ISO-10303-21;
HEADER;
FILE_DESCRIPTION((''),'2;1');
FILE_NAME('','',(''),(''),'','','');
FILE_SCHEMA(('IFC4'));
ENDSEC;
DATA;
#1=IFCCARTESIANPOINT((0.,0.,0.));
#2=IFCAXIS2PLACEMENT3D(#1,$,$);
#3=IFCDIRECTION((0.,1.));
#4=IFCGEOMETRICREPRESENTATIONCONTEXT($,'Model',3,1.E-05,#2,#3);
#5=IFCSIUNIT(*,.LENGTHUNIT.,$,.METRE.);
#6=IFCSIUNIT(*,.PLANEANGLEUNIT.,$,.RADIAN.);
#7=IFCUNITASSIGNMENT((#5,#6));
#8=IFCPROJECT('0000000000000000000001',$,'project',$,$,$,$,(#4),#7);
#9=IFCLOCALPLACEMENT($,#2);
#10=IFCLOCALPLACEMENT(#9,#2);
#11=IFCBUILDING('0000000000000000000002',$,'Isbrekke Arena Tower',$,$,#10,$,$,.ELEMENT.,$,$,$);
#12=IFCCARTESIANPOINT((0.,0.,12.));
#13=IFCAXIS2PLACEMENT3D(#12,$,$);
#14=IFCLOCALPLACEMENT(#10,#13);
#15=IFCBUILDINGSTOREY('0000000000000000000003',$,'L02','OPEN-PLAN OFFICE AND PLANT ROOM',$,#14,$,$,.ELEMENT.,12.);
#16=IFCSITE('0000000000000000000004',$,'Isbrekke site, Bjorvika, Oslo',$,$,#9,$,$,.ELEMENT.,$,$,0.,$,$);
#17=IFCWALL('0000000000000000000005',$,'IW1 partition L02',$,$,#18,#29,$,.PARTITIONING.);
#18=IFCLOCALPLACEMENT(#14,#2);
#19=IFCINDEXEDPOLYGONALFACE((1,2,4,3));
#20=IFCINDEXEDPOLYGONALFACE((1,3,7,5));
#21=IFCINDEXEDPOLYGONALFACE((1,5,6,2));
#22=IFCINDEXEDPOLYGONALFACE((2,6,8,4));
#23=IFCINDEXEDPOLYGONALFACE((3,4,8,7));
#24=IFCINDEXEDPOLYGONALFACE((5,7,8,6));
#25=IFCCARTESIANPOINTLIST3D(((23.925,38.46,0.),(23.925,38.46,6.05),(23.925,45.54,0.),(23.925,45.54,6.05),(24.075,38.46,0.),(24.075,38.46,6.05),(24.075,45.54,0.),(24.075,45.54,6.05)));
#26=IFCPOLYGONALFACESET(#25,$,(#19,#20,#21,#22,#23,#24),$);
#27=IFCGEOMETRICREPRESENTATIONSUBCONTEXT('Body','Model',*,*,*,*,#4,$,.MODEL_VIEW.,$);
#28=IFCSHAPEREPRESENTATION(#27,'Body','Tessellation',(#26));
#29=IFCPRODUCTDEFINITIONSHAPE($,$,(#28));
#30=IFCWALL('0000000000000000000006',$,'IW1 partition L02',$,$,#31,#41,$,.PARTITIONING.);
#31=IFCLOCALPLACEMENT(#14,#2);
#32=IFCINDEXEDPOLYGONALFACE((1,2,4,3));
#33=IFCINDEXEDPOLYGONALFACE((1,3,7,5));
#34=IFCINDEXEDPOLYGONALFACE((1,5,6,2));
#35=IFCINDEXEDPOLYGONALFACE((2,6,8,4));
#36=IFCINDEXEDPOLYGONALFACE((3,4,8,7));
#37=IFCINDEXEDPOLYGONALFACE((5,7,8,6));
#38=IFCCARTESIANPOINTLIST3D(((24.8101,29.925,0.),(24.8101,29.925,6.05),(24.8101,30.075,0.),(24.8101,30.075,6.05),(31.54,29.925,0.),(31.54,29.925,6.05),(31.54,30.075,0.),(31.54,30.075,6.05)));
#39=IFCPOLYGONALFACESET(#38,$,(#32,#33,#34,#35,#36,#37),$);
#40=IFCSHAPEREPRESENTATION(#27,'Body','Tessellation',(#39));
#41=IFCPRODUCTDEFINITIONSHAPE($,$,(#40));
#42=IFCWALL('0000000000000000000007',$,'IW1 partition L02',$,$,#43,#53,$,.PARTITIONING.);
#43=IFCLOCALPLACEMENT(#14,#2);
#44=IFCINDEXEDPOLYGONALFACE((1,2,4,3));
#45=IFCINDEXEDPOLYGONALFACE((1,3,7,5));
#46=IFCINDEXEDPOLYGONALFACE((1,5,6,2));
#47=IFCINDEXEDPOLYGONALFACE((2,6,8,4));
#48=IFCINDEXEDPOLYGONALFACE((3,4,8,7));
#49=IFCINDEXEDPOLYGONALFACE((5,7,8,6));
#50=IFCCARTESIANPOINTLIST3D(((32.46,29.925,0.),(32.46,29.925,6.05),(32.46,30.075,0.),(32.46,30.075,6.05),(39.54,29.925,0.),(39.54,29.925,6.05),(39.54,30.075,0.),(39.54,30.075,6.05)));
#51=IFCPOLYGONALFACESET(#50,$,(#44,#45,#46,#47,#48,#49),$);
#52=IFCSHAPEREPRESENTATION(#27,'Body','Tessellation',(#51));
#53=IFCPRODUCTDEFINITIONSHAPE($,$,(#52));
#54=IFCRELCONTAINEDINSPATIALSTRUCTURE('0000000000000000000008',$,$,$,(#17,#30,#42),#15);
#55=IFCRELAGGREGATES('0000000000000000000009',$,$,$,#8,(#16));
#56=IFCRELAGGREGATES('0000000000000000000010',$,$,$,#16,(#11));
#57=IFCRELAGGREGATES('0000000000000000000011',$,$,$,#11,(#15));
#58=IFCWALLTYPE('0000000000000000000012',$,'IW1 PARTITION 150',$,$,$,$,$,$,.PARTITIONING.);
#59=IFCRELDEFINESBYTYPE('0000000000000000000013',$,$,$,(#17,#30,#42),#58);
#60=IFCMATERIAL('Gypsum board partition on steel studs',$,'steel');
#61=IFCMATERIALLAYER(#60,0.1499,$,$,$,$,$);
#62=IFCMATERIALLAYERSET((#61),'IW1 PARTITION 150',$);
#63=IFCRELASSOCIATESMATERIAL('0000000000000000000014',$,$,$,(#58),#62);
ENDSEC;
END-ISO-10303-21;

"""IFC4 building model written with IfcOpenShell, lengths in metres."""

from ifc_helpers import new_model, si_unit, direction, frame, frame_2d, origin, place, context, subcontext, project, spatial, rectangle, extrude, material, layer, layer_set, type_object, element, save


model = new_model("IFC4")

# Units and contexts
model_context = context("Model", 3, precision=1e-05, world=origin(), true_north=direction((0.0, 1.0)))
body_context = subcontext(model_context, "Body", "Model", "MODEL_VIEW")
ifc_project = project(units=[si_unit("LENGTHUNIT", "METRE"), si_unit("PLANEANGLEUNIT", "RADIAN")], contexts=[model_context])

# Site, building, storey
site_placement = place(None, origin())
site = spatial("IfcSite", under=ifc_project, at=site_placement, Name="Isbrekke site, Bjorvika, Oslo", CompositionType="ELEMENT", RefElevation=0.0)
building_placement = place(site_placement, origin())
building = spatial("IfcBuilding", under=site, at=building_placement, Name="Isbrekke Arena Tower", CompositionType="ELEMENT")
storey_placement = place(building_placement, frame((0.0, 0.0, 12.0)))
storey = spatial("IfcBuildingStorey", under=building, at=storey_placement, Name="L02", Description="OPEN-PLAN OFFICE AND PLANT ROOM", CompositionType="ELEMENT", Elevation=12.0)

# Shared definitions
ifc_material_1 = material(Name="Gypsum board partition on steel studs", Category="steel")
ifc_layer = layer(ifc_material_1, 0.1499)
ifc_layer_set = layer_set([ifc_layer], Name="IW1 PARTITION 150")
wall_type = type_object("IfcWallType", Name="IW1 PARTITION 150", PredefinedType="PARTITIONING", material=ifc_layer_set)

# Walls
wall_1_placement = place(storey_placement, frame((24.0, 38.46, 0.0), z_axis=(0.0, 0.0, 1.0), x_axis=(0.0, 1.0, 0.0)))
element("IfcWall", 1, at=wall_1_placement, inside=storey, type_object=wall_type, Name="IW1 partition L02", PredefinedType="PARTITIONING", context=body_context, shape_type="SweptSolid", body=[
    extrude(rectangle(XDim=7.0801, YDim=0.1499, at=frame_2d((3.54, 0.0))), origin(), (0.0, 0.0, 1.0), 6.05),
])
wall_2_placement = place(storey_placement, frame((24.8101, 30.0, 0.0), z_axis=(0.0, 0.0, 1.0), x_axis=(1.0, 0.0, 0.0)))
element("IfcWall", 2, at=wall_2_placement, inside=storey, type_object=wall_type, Name="IW1 partition L02", PredefinedType="PARTITIONING", context=body_context, shape_type="SweptSolid", body=[
    extrude(rectangle(XDim=6.73, YDim=0.1499, at=frame_2d((3.365, 0.0))), origin(), (0.0, 0.0, 1.0), 6.05),
])
wall_3_placement = place(storey_placement, frame((32.46, 30.0, 0.0), z_axis=(0.0, 0.0, 1.0), x_axis=(1.0, 0.0, 0.0)))
element("IfcWall", 3, at=wall_3_placement, inside=storey, type_object=wall_type, Name="IW1 partition L02", PredefinedType="PARTITIONING", context=body_context, shape_type="SweptSolid", body=[
    extrude(rectangle(XDim=7.0801, YDim=0.1499, at=frame_2d((3.54, 0.0))), origin(), (0.0, 0.0, 1.0), 6.05),
])

save(model, "model.ifc")
